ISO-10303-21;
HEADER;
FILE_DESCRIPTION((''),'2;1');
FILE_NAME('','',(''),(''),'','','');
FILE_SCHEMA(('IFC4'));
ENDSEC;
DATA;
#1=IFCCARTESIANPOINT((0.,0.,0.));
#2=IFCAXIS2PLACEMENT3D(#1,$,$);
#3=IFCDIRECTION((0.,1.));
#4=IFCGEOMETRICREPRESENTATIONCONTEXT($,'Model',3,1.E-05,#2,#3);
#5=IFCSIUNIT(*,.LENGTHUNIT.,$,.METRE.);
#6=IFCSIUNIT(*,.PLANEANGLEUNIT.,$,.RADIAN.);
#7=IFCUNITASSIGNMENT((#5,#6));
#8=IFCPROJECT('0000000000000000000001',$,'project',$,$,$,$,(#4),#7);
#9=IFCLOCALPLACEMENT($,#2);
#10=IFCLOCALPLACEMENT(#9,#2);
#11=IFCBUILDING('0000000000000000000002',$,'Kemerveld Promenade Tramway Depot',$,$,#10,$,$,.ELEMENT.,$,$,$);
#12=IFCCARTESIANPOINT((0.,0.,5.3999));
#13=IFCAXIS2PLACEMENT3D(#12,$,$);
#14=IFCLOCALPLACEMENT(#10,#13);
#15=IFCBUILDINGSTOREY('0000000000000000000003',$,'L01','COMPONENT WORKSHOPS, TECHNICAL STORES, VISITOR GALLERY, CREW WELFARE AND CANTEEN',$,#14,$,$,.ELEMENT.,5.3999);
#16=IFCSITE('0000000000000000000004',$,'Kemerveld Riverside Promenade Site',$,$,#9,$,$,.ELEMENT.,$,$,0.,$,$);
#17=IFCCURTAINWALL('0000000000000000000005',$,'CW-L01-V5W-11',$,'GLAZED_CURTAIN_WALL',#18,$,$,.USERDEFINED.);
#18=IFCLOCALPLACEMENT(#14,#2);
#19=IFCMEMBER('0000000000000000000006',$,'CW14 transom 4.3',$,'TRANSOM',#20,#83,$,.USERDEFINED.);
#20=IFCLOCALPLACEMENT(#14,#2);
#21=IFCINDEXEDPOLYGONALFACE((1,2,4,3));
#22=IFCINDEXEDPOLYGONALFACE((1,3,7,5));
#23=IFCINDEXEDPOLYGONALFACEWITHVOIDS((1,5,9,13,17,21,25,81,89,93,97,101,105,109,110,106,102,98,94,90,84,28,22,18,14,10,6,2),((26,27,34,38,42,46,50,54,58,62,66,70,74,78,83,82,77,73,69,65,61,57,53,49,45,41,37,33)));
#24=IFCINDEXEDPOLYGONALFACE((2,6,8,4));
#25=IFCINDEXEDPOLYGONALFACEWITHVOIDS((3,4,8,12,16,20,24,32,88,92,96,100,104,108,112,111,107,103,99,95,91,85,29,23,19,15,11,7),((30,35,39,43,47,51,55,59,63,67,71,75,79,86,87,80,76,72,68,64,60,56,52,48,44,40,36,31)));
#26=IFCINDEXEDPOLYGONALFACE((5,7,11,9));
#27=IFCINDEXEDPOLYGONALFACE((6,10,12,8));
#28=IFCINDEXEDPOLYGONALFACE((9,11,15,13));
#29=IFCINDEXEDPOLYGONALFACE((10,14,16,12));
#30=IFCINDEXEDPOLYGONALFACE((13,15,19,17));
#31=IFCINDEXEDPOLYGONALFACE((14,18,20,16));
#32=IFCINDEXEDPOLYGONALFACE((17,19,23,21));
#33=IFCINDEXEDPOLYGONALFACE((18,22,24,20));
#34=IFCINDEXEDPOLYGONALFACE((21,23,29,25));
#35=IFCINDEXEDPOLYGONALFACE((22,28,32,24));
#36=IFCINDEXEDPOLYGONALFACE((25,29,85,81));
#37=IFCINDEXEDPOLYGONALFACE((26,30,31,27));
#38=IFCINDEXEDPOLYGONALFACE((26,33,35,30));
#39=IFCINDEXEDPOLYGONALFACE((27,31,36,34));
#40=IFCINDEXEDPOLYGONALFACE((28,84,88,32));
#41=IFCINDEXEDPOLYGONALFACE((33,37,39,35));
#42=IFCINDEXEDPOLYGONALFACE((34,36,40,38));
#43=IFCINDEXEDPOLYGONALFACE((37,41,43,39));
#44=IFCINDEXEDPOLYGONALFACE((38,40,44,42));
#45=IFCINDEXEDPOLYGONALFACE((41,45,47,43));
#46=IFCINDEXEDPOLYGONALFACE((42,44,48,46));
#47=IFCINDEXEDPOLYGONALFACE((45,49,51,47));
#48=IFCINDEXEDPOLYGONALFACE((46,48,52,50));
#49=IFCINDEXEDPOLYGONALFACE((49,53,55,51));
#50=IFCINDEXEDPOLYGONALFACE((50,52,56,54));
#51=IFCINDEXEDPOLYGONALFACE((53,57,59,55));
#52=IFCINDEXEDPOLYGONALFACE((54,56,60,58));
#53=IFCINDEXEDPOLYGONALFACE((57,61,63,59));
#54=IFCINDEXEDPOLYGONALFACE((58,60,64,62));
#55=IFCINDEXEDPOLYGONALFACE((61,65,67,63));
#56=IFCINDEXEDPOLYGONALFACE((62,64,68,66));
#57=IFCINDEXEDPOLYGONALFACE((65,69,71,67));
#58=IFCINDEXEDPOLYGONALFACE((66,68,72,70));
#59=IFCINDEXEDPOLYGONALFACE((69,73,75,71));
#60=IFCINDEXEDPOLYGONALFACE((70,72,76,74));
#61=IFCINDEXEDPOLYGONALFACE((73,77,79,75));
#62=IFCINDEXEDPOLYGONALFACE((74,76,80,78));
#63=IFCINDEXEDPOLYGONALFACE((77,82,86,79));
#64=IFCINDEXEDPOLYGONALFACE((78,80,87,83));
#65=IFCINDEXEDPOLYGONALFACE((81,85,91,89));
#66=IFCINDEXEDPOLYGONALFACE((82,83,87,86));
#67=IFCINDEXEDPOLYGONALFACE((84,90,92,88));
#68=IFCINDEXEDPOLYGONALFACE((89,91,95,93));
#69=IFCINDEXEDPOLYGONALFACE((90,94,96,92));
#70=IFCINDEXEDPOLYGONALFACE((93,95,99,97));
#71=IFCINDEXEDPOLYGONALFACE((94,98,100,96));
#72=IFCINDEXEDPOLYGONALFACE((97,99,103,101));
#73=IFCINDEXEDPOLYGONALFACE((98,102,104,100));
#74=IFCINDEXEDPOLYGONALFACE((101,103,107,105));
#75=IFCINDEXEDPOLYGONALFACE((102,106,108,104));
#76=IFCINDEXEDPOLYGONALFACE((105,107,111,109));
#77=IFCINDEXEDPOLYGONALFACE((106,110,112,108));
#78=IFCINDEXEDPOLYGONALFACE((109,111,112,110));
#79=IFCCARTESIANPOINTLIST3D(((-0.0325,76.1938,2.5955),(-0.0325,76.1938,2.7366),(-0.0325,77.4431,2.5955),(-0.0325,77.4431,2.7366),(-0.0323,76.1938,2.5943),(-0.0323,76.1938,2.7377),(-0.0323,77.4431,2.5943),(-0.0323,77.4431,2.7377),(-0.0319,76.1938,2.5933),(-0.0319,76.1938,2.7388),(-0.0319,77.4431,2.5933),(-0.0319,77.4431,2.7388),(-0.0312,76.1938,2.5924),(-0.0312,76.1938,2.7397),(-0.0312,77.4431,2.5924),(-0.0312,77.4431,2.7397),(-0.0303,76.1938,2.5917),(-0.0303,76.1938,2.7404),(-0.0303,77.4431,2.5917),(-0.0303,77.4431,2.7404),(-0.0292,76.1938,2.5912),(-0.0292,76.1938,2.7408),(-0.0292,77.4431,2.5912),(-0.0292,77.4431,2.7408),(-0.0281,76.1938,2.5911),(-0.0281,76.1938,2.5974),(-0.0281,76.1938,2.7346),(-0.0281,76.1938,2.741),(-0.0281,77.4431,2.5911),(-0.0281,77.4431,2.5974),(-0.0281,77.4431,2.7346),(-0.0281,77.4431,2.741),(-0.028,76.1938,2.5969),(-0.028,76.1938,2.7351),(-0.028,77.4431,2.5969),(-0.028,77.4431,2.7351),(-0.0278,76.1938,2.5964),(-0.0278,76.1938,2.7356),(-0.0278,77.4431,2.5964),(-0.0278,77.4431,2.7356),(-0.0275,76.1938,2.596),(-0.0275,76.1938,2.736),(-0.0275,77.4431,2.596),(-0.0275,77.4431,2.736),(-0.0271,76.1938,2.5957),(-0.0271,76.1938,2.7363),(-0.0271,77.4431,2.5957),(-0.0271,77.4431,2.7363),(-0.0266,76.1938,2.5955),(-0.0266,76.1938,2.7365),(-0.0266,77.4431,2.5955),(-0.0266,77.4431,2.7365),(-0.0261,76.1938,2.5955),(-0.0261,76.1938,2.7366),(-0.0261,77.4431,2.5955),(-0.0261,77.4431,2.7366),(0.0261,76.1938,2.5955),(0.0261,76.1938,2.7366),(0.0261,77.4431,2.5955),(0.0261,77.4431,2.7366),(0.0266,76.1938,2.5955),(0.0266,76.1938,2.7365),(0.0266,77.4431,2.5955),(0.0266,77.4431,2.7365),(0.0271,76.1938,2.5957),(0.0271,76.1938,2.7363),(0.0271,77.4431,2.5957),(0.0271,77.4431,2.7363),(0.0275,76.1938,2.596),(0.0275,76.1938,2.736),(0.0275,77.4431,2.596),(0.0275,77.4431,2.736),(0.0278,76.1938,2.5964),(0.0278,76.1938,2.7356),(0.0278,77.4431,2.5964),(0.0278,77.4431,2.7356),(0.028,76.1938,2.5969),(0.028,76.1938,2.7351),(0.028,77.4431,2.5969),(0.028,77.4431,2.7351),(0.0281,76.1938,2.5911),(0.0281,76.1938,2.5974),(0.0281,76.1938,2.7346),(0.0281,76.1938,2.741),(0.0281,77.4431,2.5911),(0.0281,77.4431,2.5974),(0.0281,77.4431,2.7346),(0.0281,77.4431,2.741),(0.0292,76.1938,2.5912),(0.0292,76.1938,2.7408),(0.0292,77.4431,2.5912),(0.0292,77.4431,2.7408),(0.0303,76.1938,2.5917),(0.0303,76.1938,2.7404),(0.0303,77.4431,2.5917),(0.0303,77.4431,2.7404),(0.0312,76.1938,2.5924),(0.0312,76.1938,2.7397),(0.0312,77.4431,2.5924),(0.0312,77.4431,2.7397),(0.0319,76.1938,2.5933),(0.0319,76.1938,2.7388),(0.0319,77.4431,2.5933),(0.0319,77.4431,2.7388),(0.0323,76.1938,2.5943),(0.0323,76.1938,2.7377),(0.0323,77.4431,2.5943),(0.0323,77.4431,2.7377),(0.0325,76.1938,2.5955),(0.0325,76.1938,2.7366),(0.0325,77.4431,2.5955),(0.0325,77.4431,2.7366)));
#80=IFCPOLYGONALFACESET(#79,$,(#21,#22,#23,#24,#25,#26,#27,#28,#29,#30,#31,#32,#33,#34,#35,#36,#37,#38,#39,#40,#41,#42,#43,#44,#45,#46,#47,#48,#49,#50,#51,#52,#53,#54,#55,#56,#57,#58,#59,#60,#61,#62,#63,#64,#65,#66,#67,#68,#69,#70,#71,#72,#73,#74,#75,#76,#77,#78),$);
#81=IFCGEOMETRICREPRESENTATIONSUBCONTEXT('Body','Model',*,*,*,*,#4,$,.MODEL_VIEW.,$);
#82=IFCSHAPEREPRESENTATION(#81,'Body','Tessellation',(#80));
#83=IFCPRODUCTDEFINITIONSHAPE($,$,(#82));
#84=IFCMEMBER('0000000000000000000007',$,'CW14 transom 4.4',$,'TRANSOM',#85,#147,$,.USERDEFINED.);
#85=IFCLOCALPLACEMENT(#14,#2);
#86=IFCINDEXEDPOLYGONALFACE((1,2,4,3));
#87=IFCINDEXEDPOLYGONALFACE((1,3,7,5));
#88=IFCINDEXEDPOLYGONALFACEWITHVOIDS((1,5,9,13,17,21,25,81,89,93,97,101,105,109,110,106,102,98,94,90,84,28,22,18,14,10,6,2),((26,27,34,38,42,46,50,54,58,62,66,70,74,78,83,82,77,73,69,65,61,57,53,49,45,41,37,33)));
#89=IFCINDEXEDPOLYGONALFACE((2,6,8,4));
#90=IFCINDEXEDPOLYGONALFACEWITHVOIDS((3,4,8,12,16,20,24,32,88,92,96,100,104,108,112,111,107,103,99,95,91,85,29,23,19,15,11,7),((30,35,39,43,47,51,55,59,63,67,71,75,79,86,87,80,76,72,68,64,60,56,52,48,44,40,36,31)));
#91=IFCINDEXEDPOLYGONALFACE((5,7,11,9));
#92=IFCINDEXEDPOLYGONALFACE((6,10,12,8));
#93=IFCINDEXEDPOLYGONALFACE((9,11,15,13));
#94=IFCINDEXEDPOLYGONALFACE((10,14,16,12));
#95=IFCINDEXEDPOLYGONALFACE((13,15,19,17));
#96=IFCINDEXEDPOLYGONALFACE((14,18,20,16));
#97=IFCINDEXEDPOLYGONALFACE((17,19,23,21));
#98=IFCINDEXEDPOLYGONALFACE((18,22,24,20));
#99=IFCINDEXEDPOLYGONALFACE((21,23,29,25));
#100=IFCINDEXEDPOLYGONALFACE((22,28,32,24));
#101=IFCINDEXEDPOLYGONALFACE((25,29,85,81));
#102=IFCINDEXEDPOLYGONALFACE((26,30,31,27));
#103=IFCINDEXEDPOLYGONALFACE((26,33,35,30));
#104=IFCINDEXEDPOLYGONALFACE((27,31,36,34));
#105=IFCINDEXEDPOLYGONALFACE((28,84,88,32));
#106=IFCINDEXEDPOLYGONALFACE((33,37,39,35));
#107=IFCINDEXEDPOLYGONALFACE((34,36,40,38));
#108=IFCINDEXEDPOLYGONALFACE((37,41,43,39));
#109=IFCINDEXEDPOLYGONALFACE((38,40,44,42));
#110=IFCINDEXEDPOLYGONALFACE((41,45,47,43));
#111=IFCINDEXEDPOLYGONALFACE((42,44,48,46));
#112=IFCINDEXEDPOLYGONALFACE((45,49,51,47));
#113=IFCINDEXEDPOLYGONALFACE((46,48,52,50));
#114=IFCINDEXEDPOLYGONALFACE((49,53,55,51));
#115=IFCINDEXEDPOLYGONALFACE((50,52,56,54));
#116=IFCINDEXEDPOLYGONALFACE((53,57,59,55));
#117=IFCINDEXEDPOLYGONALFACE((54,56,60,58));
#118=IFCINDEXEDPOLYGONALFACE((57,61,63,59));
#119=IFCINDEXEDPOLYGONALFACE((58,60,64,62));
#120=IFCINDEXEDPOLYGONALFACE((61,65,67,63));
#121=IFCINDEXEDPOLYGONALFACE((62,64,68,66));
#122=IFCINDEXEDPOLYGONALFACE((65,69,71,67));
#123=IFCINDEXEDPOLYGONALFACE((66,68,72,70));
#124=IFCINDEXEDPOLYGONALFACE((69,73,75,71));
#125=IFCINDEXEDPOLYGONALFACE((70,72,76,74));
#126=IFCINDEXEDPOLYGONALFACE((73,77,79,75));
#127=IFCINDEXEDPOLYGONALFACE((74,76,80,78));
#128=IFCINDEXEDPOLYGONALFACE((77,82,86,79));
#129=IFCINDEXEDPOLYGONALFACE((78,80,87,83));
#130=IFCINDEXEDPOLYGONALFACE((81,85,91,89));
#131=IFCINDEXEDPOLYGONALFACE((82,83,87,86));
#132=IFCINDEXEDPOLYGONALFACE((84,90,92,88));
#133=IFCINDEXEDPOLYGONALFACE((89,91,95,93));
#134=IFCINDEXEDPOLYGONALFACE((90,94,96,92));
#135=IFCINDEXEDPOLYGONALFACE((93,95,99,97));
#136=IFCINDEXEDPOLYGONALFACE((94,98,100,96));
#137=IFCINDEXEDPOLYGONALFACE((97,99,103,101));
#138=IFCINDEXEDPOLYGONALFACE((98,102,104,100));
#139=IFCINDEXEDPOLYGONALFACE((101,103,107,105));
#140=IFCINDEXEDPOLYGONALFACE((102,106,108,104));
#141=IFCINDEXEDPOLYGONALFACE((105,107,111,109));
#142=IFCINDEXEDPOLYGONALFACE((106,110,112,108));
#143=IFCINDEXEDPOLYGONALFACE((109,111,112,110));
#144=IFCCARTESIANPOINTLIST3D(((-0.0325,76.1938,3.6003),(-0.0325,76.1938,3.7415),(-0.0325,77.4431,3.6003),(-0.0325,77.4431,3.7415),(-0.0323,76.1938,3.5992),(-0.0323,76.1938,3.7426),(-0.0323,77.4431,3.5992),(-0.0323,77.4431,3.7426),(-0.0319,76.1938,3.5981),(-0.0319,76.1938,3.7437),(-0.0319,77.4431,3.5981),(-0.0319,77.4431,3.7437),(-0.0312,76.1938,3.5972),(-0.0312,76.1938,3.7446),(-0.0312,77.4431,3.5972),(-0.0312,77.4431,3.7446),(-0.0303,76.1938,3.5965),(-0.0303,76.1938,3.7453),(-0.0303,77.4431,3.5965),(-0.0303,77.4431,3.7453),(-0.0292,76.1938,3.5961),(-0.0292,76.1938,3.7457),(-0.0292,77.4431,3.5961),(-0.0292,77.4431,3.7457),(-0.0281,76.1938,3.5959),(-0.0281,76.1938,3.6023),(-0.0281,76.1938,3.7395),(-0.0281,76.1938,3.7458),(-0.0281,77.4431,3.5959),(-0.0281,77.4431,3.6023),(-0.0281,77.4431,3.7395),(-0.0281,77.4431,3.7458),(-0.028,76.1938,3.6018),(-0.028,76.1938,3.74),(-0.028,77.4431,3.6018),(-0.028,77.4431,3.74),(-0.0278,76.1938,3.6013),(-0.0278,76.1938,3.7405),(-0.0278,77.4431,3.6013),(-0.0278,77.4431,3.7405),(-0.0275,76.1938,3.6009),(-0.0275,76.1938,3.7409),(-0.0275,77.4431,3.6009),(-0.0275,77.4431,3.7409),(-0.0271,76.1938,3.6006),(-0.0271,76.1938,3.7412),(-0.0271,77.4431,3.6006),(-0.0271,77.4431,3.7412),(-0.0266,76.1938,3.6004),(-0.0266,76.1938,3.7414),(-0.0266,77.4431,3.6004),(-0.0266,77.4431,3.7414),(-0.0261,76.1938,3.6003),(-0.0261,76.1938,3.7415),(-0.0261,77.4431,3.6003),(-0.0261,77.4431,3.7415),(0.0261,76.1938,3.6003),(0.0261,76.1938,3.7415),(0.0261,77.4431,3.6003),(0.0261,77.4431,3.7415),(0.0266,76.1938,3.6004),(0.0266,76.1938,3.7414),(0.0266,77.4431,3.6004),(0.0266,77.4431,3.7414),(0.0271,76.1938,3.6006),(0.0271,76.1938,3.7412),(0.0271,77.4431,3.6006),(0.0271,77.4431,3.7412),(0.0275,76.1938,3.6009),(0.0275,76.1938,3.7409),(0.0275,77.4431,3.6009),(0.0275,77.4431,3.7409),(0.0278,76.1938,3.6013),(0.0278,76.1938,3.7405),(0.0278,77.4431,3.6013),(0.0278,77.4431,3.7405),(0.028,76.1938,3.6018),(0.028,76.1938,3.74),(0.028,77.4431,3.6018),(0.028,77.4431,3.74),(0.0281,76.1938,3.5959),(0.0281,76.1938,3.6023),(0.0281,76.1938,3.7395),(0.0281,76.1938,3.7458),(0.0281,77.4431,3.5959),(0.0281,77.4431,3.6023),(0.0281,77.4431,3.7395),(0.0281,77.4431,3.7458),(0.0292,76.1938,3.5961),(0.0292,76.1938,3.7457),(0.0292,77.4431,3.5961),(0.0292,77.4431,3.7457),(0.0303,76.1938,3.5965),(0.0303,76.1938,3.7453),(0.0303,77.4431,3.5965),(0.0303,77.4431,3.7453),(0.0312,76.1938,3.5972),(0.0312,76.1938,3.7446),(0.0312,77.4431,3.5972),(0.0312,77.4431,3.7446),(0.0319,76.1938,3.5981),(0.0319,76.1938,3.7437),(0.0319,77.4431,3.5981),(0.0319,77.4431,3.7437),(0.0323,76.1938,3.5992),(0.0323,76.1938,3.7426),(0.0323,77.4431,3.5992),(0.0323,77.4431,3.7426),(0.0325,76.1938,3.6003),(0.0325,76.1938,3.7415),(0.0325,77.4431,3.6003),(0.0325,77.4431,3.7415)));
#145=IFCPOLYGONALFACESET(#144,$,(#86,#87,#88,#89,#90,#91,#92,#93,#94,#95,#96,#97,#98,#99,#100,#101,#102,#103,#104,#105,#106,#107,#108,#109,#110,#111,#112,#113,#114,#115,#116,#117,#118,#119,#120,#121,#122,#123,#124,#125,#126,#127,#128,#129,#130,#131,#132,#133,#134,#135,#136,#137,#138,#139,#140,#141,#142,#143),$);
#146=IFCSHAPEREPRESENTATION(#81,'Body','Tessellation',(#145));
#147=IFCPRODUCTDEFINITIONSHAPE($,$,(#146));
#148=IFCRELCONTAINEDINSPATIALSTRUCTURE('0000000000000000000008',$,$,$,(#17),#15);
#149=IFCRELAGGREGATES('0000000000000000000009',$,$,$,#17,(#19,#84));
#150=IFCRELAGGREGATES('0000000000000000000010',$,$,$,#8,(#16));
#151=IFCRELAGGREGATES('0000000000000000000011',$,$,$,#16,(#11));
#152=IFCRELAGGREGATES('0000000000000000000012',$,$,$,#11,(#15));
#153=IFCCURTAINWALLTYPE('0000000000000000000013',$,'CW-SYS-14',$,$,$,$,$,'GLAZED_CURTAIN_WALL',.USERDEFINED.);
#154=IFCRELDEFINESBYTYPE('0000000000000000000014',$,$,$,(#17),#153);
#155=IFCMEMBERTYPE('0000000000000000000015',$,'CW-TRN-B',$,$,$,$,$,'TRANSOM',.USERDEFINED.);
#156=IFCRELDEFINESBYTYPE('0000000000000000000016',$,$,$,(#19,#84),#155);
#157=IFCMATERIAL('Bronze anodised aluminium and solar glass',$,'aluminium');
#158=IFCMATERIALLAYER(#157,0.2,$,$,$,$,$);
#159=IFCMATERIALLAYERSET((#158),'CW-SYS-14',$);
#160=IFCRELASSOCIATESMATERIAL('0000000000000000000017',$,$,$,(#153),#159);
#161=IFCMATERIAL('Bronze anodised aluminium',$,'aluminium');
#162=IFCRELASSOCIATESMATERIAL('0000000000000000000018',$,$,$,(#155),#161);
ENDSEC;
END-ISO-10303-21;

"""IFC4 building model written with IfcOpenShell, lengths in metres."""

from ifc_helpers import new_model, si_unit, direction, frame, origin, origin_2d, place, context, subcontext, project, spatial, hollow_rectangle, extrude, material, layer, layer_set, material_profile, profile_set, type_object, element, aggregate, save


model = new_model("IFC4")

# Units and contexts
model_context = context("Model", 3, precision=1e-05, world=origin(), true_north=direction((0.0, 1.0)))
body_context = subcontext(model_context, "Body", "Model", "MODEL_VIEW")
ifc_project = project(units=[si_unit("LENGTHUNIT", "METRE"), si_unit("PLANEANGLEUNIT", "RADIAN")], contexts=[model_context])

# Site, building, storey
site_placement = place(None, origin())
site = spatial("IfcSite", under=ifc_project, at=site_placement, Name="Kemerveld Riverside Promenade Site", CompositionType="ELEMENT", RefElevation=0.0)
building_placement = place(site_placement, origin())
building = spatial("IfcBuilding", under=site, at=building_placement, Name="Kemerveld Promenade Tramway Depot", CompositionType="ELEMENT")
storey_placement = place(building_placement, frame((0.0, 0.0, 5.3999)))
storey = spatial("IfcBuildingStorey", under=building, at=storey_placement, Name="L01", Description="COMPONENT WORKSHOPS, TECHNICAL STORES, VISITOR GALLERY, CREW WELFARE AND CANTEEN", CompositionType="ELEMENT", Elevation=5.3999)

# Curtain wall
ifc_material_1 = material(Name="Bronze anodised aluminium and solar glass", Category="aluminium")
ifc_layer_1 = layer(ifc_material_1, 0.2)
ifc_layer_set_1 = layer_set([ifc_layer_1], Name="CW-SYS-14")
curtain_wall_type_1 = type_object("IfcCurtainWallType", Name="CW-SYS-14", ElementType="GLAZED_CURTAIN_WALL", PredefinedType="USERDEFINED", material=ifc_layer_set_1)
curtain_wall_1_placement = place(storey_placement, origin())
curtain_wall_1 = element("IfcCurtainWall", 1, at=curtain_wall_1_placement, inside=storey, type_object=curtain_wall_type_1, Name="CW-L01-V5W-11", ObjectType="GLAZED_CURTAIN_WALL", PredefinedType="USERDEFINED")
ifc_material_2 = material(Name="Bronze anodised aluminium", Category="aluminium")

# Members
ifc_material_profile_1 = material_profile(ifc_material_2, hollow_rectangle(XDim=0.0649, YDim=0.1499, WallThickness=0.0044, InnerFilletRadius=0.002, OuterFilletRadius=0.0044, at=origin_2d()), Name="CW-TRN-150x65")
ifc_profile_set_1 = profile_set([ifc_material_profile_1], Name="Bronze anodised aluminium")
member_type_1 = type_object("IfcMemberType", Name="CW-TRN-B", ElementType="TRANSOM", PredefinedType="USERDEFINED", material=ifc_profile_set_1)
member_1_placement = place(storey_placement, frame((0.0, 76.1938, 2.666), z_axis=(0.0, 1.0, 0.0), x_axis=(-1.0, 0.0, 0.0)))
member_1 = element("IfcMember", 2, at=member_1_placement, type_object=member_type_1, Name="CW14 transom 4.3", ObjectType="TRANSOM", PredefinedType="USERDEFINED", context=body_context, shape_type="SweptSolid", body=[
    extrude(hollow_rectangle(XDim=0.0649, YDim=0.1499, WallThickness=0.0044, InnerFilletRadius=0.002, OuterFilletRadius=0.0044, at=origin_2d()), origin(), (0.0, 0.0, 1.0), 1.2493),
])
member_2_placement = place(storey_placement, frame((0.0, 76.1938, 3.6709), z_axis=(0.0, 1.0, 0.0), x_axis=(-1.0, 0.0, 0.0)))
member_2 = element("IfcMember", 3, at=member_2_placement, type_object=member_type_1, Name="CW14 transom 4.4", ObjectType="TRANSOM", PredefinedType="USERDEFINED", context=body_context, shape_type="SweptSolid", body=[
    extrude(hollow_rectangle(XDim=0.0649, YDim=0.1499, WallThickness=0.0044, InnerFilletRadius=0.002, OuterFilletRadius=0.0044, at=origin_2d()), origin(), (0.0, 0.0, 1.0), 1.2493),
])

aggregate(curtain_wall_1, [member_1, member_2])

save(model, "model.ifc")
